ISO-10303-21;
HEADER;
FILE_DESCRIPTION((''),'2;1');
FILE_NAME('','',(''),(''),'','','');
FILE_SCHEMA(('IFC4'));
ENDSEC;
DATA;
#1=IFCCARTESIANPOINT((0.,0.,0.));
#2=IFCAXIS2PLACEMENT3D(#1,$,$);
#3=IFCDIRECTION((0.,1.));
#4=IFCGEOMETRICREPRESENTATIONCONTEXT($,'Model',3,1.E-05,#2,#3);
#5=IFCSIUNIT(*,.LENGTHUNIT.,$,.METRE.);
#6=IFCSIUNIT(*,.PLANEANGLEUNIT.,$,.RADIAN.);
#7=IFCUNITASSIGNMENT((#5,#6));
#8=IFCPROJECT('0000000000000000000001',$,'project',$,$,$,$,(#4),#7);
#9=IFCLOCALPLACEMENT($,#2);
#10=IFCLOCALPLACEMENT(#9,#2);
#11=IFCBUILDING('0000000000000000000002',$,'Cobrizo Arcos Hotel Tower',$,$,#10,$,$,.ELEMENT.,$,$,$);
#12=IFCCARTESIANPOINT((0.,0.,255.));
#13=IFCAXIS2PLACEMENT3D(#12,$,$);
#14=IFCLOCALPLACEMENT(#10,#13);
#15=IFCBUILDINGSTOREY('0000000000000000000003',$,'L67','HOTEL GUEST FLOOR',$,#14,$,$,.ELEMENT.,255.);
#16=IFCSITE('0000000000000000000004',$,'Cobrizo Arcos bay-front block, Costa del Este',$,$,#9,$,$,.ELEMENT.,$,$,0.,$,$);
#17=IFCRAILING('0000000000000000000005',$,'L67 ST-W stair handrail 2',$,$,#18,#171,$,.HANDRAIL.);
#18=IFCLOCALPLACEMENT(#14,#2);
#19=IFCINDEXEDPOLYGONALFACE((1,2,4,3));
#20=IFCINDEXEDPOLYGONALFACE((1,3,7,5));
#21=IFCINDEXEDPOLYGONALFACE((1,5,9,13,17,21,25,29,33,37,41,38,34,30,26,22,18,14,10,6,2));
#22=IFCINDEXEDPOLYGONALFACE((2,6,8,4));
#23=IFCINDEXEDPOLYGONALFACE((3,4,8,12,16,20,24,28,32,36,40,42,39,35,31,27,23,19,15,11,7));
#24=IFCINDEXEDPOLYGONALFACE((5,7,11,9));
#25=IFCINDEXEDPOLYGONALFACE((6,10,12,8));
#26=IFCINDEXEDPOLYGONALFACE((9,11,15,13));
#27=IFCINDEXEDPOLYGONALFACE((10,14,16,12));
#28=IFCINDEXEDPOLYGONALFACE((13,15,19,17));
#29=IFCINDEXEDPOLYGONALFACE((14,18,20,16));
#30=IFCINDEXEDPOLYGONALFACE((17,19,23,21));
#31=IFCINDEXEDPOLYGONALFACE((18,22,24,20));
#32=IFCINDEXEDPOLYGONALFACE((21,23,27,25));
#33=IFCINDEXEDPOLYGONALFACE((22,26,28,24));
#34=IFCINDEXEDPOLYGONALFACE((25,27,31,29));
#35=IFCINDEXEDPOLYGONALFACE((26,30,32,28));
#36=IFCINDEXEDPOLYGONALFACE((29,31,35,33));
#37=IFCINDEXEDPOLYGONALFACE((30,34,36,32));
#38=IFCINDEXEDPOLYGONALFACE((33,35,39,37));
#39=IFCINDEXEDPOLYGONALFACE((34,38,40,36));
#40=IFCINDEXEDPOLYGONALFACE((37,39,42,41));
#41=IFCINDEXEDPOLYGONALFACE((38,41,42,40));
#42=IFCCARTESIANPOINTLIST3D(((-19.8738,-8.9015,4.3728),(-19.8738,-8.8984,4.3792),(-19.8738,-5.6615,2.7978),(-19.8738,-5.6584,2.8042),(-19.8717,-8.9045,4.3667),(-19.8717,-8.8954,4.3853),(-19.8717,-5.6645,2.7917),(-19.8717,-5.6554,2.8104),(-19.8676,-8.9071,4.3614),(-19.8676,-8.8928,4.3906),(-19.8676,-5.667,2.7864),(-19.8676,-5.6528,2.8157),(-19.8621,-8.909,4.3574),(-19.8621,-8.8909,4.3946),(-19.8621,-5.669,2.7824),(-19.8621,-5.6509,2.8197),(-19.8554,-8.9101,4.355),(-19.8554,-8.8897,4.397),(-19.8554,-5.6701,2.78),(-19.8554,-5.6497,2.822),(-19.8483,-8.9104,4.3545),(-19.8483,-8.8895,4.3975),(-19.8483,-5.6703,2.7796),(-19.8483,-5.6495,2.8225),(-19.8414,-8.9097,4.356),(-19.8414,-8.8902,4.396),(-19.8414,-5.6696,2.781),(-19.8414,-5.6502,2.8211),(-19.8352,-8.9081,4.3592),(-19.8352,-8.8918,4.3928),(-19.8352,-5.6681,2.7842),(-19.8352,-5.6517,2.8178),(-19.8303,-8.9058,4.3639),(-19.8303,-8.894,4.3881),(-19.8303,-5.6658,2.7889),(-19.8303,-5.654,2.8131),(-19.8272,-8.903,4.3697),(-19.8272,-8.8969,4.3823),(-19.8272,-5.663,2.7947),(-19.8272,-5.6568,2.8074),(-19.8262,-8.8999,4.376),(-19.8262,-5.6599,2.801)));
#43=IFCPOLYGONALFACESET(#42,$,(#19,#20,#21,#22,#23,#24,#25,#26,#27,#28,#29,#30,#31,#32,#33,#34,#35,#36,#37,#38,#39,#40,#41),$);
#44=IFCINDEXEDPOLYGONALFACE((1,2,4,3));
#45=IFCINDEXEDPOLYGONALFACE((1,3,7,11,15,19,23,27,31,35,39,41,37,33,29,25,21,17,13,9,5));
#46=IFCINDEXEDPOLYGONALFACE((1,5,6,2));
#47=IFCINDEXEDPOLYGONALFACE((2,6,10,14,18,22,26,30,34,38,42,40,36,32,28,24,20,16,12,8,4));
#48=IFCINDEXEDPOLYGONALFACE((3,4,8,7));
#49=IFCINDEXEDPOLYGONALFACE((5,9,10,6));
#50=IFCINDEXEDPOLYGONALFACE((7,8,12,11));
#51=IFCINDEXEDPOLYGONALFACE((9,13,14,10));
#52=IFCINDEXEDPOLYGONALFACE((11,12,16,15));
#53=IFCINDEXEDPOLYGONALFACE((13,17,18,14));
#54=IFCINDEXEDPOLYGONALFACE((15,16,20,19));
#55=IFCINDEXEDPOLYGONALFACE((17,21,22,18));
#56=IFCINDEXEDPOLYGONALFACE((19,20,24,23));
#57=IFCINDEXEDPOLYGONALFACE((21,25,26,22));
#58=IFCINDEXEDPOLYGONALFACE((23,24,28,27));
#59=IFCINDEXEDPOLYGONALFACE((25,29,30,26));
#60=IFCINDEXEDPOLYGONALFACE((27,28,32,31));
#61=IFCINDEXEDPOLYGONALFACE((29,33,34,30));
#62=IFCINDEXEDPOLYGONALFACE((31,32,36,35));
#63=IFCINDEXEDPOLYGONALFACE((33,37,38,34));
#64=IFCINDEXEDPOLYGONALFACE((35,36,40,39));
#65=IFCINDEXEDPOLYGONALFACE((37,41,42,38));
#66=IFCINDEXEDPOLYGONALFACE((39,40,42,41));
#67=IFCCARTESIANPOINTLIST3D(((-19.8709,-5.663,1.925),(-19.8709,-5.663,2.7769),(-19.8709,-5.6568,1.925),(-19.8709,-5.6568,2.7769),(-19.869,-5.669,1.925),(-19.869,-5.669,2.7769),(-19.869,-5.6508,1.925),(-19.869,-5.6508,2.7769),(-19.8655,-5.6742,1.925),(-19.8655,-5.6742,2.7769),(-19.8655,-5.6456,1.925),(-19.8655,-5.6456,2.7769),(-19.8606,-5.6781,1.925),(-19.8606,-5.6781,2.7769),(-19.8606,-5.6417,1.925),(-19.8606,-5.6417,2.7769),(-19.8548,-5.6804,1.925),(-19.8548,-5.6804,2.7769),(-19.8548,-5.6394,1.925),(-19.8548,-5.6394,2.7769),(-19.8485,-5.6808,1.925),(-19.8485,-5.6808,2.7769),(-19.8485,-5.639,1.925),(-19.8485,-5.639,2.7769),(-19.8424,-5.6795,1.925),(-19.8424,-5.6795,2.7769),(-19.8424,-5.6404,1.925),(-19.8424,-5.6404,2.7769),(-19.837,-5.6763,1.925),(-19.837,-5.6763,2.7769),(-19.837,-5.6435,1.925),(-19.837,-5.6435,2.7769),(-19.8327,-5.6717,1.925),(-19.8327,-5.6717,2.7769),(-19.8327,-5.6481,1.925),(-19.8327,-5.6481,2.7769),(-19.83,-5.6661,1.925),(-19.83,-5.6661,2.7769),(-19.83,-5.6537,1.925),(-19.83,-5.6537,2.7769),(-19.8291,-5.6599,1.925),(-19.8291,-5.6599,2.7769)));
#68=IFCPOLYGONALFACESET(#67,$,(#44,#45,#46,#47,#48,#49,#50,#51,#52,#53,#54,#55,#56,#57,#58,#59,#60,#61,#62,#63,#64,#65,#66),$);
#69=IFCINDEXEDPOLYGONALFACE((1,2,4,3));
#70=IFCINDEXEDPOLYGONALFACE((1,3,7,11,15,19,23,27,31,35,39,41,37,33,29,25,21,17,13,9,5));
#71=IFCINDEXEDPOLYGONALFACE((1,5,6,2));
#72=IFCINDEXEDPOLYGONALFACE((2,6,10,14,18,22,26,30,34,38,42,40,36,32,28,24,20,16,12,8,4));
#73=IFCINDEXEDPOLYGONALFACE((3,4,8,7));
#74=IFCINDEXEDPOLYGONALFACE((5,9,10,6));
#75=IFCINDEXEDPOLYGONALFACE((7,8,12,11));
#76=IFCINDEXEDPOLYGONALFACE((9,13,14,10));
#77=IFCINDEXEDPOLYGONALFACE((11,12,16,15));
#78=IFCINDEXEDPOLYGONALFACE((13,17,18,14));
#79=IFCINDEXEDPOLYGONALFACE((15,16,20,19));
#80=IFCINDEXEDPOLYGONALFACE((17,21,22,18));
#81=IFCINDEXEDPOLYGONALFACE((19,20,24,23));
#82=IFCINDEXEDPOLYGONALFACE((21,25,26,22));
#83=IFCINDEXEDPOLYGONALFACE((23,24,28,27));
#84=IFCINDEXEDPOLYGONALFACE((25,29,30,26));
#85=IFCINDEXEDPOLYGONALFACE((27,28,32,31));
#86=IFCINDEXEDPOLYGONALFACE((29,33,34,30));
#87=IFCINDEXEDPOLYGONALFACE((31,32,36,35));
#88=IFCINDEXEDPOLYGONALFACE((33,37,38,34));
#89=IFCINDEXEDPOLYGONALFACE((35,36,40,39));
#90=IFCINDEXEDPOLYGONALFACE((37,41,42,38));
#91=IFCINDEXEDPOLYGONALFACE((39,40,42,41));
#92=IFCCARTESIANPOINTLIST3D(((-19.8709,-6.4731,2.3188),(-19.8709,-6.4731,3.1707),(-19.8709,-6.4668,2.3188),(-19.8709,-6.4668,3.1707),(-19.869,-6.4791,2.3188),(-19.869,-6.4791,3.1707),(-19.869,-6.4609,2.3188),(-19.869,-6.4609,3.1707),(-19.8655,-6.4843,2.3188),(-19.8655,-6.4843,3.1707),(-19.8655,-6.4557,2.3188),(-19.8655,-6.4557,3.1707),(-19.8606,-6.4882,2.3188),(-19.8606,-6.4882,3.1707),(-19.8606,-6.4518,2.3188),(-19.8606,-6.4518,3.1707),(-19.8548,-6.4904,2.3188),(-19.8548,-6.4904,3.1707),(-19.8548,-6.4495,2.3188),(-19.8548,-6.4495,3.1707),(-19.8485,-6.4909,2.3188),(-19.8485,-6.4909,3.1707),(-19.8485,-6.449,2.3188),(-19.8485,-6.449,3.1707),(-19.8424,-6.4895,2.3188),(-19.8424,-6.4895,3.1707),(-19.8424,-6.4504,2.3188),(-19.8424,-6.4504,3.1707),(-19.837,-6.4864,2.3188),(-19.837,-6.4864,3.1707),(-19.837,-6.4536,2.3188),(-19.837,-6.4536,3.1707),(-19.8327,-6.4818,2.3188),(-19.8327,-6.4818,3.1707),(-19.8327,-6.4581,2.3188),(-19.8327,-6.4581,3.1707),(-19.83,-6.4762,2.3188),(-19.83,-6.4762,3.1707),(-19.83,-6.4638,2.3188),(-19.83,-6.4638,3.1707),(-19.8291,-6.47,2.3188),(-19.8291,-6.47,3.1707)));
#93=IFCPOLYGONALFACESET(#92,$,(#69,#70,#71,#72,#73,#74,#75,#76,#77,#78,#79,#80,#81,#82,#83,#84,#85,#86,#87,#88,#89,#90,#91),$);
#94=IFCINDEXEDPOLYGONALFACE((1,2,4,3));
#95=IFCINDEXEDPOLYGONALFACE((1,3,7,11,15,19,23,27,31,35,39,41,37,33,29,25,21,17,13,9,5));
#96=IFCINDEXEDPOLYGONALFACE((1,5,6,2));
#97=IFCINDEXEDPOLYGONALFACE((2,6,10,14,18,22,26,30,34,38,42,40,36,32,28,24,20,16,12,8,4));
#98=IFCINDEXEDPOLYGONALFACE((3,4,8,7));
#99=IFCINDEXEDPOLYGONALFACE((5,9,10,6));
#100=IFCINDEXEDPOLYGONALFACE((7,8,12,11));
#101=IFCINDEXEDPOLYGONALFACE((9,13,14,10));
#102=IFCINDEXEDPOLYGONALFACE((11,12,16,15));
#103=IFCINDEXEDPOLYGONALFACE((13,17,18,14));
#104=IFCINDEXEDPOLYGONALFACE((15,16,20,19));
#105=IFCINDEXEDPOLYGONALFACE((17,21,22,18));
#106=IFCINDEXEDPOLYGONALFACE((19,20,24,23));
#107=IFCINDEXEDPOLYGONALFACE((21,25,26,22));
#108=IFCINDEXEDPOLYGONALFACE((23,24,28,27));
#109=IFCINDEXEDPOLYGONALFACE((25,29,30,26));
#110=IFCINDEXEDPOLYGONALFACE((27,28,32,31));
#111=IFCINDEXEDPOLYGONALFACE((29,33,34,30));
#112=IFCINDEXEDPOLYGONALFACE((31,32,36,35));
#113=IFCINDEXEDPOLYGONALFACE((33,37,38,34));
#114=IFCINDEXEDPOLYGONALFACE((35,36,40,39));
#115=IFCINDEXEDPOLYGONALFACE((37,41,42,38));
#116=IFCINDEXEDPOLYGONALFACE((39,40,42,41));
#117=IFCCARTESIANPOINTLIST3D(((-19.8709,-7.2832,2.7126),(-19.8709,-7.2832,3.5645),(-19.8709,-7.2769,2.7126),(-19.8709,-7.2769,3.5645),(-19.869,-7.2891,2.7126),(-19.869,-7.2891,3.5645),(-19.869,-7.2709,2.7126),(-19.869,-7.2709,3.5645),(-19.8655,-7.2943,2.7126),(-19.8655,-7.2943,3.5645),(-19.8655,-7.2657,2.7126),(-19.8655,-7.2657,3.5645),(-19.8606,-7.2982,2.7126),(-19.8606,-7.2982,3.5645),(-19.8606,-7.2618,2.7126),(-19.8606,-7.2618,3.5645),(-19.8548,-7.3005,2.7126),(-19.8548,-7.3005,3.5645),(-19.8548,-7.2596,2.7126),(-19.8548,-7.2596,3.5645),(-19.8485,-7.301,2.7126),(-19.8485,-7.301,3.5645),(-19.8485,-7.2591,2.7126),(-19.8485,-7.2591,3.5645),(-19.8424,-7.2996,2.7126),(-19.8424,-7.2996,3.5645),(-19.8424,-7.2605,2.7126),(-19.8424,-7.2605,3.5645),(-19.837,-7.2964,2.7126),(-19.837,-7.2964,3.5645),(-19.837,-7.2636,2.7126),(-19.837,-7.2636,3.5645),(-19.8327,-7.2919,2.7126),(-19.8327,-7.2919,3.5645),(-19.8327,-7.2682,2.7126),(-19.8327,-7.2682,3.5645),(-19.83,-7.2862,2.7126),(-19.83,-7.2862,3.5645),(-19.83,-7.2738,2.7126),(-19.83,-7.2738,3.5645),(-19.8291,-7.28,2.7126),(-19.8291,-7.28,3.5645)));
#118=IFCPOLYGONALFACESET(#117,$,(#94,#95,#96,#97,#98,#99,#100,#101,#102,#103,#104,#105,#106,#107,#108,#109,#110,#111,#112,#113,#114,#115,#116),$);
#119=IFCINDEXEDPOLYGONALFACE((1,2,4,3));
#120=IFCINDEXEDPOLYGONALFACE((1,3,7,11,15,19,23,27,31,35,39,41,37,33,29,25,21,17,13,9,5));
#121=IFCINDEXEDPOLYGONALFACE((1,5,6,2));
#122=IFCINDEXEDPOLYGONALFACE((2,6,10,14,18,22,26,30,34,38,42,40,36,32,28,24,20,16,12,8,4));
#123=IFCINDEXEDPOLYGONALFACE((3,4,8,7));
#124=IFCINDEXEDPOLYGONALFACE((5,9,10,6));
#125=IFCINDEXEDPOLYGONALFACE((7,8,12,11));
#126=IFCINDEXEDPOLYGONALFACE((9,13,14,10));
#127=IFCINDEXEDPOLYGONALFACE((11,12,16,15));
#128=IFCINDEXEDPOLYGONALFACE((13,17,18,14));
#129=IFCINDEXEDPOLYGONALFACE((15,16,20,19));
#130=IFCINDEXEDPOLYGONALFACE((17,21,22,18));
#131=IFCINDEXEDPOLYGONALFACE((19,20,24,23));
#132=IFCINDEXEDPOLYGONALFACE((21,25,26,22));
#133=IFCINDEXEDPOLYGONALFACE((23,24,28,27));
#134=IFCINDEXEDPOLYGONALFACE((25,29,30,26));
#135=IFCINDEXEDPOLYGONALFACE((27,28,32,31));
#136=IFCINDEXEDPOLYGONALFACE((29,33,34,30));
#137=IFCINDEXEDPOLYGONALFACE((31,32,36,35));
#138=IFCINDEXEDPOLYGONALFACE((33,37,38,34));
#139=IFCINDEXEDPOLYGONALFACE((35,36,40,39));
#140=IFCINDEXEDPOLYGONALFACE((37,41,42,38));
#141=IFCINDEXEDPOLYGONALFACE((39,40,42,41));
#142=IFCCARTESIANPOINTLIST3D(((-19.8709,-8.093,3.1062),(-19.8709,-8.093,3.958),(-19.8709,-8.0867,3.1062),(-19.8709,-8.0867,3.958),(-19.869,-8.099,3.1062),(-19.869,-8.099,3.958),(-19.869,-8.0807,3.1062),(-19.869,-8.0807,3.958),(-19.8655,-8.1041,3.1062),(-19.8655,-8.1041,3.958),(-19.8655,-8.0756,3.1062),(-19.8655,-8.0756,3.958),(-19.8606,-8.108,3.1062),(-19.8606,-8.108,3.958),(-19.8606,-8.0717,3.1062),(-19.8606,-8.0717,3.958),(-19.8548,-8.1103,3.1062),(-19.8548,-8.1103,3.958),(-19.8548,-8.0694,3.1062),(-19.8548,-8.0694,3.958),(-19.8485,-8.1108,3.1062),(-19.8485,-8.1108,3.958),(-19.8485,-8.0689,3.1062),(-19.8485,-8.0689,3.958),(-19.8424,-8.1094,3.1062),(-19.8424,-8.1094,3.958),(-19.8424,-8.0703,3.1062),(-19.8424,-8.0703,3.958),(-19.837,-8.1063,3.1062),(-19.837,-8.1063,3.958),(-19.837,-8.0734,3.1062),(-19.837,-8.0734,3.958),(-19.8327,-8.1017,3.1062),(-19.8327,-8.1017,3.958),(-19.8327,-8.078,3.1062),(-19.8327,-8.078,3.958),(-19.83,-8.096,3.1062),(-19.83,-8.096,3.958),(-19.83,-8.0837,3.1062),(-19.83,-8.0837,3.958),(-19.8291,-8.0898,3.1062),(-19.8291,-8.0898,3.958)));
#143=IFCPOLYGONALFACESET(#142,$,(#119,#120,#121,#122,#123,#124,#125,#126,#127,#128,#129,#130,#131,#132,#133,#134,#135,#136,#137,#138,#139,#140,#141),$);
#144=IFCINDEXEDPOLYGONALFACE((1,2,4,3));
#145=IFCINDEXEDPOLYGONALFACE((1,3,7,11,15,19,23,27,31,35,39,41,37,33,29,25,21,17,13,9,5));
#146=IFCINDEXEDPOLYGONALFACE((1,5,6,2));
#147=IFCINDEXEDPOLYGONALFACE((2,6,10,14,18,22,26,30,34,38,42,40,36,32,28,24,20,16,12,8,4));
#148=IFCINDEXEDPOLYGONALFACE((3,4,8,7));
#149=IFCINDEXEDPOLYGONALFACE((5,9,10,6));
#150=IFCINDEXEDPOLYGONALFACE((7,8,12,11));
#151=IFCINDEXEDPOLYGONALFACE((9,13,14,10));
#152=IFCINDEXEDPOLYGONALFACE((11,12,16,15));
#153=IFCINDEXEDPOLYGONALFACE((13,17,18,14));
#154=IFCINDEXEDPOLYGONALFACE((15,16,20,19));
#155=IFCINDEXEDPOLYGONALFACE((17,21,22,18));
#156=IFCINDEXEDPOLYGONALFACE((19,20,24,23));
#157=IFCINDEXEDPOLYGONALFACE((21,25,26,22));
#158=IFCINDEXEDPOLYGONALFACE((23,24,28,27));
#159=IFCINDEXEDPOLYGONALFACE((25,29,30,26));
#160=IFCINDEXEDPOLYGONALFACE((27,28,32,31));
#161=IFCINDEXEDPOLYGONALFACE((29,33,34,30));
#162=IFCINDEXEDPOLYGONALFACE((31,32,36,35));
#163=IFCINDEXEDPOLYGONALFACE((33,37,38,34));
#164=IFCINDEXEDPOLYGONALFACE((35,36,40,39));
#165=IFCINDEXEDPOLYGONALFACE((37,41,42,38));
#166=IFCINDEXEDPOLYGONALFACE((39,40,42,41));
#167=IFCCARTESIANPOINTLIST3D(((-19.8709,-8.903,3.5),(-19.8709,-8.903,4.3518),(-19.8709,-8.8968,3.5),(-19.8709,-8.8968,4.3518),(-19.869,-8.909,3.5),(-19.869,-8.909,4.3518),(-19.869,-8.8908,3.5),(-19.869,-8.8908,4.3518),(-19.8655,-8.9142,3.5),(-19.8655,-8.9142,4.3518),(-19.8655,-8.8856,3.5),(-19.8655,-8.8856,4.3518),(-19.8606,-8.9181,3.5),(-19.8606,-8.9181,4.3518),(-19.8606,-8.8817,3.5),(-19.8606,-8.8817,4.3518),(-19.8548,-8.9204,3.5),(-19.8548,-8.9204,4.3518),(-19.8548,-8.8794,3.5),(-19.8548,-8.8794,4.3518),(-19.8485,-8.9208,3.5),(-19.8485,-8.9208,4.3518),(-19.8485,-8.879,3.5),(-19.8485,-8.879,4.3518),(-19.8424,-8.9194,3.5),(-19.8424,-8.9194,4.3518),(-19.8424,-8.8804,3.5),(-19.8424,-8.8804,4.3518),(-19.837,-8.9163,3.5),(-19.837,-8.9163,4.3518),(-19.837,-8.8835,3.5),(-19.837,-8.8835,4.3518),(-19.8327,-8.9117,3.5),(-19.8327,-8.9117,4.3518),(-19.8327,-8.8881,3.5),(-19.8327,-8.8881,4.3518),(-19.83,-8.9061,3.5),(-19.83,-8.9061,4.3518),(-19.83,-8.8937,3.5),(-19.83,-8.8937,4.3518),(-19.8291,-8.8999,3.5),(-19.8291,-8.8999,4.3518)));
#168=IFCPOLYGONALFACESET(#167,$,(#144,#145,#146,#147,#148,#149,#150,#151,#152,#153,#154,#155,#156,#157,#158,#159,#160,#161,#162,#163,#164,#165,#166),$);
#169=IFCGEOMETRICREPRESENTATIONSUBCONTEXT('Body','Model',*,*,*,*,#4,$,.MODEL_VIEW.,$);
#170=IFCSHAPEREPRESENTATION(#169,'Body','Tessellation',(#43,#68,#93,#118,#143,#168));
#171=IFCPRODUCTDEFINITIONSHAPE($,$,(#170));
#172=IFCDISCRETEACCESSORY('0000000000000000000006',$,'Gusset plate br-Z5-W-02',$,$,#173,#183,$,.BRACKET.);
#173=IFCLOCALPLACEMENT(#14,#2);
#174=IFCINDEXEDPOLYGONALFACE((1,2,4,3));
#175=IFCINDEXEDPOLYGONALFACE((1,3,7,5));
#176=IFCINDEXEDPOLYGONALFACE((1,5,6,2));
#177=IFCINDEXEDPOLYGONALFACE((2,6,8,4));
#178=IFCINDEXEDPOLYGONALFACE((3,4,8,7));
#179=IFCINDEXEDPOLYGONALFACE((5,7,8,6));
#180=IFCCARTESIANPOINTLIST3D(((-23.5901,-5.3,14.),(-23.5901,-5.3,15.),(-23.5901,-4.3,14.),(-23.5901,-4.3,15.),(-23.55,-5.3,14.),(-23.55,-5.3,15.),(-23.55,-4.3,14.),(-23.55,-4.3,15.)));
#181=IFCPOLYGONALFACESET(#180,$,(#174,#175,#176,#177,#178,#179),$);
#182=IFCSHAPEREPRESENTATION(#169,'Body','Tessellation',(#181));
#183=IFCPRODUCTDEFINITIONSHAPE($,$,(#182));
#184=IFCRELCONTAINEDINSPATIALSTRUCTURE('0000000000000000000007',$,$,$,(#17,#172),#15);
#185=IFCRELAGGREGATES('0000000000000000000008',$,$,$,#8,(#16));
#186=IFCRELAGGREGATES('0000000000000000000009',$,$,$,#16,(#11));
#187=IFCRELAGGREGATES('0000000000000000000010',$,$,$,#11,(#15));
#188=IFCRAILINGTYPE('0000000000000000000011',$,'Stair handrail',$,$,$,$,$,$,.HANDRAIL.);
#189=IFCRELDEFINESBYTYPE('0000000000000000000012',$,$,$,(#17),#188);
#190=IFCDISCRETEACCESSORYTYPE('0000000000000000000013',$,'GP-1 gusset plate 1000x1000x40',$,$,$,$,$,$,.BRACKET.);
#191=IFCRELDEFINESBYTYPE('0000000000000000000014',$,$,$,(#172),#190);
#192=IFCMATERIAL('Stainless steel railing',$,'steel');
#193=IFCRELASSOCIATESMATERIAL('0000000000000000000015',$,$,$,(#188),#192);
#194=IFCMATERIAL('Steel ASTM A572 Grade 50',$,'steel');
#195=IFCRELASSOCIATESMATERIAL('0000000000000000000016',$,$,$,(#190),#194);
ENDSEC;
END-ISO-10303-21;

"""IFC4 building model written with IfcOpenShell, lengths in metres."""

from ifc_helpers import new_model, si_unit, direction, frame, origin, origin_2d, place, context, subcontext, project, spatial, rectangle, circle, extrude, material, type_object, element, save


model = new_model("IFC4")

# Units and contexts
model_context = context("Model", 3, precision=1e-05, world=origin(), true_north=direction((0.0, 1.0)))
body_context = subcontext(model_context, "Body", "Model", "MODEL_VIEW")
ifc_project = project(units=[si_unit("LENGTHUNIT", "METRE"), si_unit("PLANEANGLEUNIT", "RADIAN")], contexts=[model_context])

# Site, building, storey
site_placement = place(None, origin())
site = spatial("IfcSite", under=ifc_project, at=site_placement, Name="Cobrizo Arcos bay-front block, Costa del Este", CompositionType="ELEMENT", RefElevation=0.0)
building_placement = place(site_placement, origin())
building = spatial("IfcBuilding", under=site, at=building_placement, Name="Cobrizo Arcos Hotel Tower", CompositionType="ELEMENT")
storey_placement = place(building_placement, frame((0.0, 0.0, 255.0)))
storey = spatial("IfcBuildingStorey", under=building, at=storey_placement, Name="L67", Description="HOTEL GUEST FLOOR", CompositionType="ELEMENT", Elevation=255.0)

# Railing
ifc_material_1 = material(Name="Stainless steel railing", Category="steel")
railing_type_1 = type_object("IfcRailingType", Name="Stair handrail", PredefinedType="HANDRAIL", material=ifc_material_1)
railing_1_placement = place(storey_placement, frame((-19.8501, -5.6599, 1.925)))
element("IfcRailing", 1, at=railing_1_placement, inside=storey, type_object=railing_type_1, Name="L67 ST-W stair handrail 2", PredefinedType="HANDRAIL", context=body_context, shape_type="SweptSolid", body=[
    extrude(circle(Radius=0.0239, at=origin_2d()), frame((0.0, 0.0, 0.876), z_axis=(0.0, -0.899373, 0.437183), x_axis=(1.0, 0.0, 0.0)), (0.0, 0.0, 1.0), 3.6025),
    extrude(circle(Radius=0.021, at=origin_2d()), origin(), (0.0, 0.0, 1.0), 0.8518),
    extrude(circle(Radius=0.021, at=origin_2d()), frame((0.0, -0.8101, 0.3938)), (0.0, 0.0, 1.0), 0.8518),
    extrude(circle(Radius=0.021, at=origin_2d()), frame((0.0, -1.6201, 0.7876)), (0.0, 0.0, 1.0), 0.8518),
    extrude(circle(Radius=0.021, at=origin_2d()), frame((0.0, -2.4299, 1.1812)), (0.0, 0.0, 1.0), 0.8518),
    extrude(circle(Radius=0.021, at=origin_2d()), frame((0.0, -3.24, 1.575)), (0.0, 0.0, 1.0), 0.8518),
])

# Discrete accessory
ifc_material_2 = material(Name="Steel ASTM A572 Grade 50", Category="steel")
discrete_accessory_type = type_object("IfcDiscreteAccessoryType", Name="GP-1 gusset plate 1000x1000x40", PredefinedType="BRACKET", material=ifc_material_2)
discrete_accessory_placement = place(storey_placement, frame((-23.5701, -4.8, 14.0), z_axis=(0.0, 0.0, 1.0), x_axis=(1.0, 0.0, 0.0)))
element("IfcDiscreteAccessory", 2, at=discrete_accessory_placement, inside=storey, type_object=discrete_accessory_type, Name="Gusset plate br-Z5-W-02", PredefinedType="BRACKET", context=body_context, shape_type="SweptSolid", body=[
    extrude(rectangle(XDim=0.04, YDim=1.0, at=origin_2d()), origin(), (0.0, 0.0, 1.0), 1.0),
])

save(model, "model.ifc")
